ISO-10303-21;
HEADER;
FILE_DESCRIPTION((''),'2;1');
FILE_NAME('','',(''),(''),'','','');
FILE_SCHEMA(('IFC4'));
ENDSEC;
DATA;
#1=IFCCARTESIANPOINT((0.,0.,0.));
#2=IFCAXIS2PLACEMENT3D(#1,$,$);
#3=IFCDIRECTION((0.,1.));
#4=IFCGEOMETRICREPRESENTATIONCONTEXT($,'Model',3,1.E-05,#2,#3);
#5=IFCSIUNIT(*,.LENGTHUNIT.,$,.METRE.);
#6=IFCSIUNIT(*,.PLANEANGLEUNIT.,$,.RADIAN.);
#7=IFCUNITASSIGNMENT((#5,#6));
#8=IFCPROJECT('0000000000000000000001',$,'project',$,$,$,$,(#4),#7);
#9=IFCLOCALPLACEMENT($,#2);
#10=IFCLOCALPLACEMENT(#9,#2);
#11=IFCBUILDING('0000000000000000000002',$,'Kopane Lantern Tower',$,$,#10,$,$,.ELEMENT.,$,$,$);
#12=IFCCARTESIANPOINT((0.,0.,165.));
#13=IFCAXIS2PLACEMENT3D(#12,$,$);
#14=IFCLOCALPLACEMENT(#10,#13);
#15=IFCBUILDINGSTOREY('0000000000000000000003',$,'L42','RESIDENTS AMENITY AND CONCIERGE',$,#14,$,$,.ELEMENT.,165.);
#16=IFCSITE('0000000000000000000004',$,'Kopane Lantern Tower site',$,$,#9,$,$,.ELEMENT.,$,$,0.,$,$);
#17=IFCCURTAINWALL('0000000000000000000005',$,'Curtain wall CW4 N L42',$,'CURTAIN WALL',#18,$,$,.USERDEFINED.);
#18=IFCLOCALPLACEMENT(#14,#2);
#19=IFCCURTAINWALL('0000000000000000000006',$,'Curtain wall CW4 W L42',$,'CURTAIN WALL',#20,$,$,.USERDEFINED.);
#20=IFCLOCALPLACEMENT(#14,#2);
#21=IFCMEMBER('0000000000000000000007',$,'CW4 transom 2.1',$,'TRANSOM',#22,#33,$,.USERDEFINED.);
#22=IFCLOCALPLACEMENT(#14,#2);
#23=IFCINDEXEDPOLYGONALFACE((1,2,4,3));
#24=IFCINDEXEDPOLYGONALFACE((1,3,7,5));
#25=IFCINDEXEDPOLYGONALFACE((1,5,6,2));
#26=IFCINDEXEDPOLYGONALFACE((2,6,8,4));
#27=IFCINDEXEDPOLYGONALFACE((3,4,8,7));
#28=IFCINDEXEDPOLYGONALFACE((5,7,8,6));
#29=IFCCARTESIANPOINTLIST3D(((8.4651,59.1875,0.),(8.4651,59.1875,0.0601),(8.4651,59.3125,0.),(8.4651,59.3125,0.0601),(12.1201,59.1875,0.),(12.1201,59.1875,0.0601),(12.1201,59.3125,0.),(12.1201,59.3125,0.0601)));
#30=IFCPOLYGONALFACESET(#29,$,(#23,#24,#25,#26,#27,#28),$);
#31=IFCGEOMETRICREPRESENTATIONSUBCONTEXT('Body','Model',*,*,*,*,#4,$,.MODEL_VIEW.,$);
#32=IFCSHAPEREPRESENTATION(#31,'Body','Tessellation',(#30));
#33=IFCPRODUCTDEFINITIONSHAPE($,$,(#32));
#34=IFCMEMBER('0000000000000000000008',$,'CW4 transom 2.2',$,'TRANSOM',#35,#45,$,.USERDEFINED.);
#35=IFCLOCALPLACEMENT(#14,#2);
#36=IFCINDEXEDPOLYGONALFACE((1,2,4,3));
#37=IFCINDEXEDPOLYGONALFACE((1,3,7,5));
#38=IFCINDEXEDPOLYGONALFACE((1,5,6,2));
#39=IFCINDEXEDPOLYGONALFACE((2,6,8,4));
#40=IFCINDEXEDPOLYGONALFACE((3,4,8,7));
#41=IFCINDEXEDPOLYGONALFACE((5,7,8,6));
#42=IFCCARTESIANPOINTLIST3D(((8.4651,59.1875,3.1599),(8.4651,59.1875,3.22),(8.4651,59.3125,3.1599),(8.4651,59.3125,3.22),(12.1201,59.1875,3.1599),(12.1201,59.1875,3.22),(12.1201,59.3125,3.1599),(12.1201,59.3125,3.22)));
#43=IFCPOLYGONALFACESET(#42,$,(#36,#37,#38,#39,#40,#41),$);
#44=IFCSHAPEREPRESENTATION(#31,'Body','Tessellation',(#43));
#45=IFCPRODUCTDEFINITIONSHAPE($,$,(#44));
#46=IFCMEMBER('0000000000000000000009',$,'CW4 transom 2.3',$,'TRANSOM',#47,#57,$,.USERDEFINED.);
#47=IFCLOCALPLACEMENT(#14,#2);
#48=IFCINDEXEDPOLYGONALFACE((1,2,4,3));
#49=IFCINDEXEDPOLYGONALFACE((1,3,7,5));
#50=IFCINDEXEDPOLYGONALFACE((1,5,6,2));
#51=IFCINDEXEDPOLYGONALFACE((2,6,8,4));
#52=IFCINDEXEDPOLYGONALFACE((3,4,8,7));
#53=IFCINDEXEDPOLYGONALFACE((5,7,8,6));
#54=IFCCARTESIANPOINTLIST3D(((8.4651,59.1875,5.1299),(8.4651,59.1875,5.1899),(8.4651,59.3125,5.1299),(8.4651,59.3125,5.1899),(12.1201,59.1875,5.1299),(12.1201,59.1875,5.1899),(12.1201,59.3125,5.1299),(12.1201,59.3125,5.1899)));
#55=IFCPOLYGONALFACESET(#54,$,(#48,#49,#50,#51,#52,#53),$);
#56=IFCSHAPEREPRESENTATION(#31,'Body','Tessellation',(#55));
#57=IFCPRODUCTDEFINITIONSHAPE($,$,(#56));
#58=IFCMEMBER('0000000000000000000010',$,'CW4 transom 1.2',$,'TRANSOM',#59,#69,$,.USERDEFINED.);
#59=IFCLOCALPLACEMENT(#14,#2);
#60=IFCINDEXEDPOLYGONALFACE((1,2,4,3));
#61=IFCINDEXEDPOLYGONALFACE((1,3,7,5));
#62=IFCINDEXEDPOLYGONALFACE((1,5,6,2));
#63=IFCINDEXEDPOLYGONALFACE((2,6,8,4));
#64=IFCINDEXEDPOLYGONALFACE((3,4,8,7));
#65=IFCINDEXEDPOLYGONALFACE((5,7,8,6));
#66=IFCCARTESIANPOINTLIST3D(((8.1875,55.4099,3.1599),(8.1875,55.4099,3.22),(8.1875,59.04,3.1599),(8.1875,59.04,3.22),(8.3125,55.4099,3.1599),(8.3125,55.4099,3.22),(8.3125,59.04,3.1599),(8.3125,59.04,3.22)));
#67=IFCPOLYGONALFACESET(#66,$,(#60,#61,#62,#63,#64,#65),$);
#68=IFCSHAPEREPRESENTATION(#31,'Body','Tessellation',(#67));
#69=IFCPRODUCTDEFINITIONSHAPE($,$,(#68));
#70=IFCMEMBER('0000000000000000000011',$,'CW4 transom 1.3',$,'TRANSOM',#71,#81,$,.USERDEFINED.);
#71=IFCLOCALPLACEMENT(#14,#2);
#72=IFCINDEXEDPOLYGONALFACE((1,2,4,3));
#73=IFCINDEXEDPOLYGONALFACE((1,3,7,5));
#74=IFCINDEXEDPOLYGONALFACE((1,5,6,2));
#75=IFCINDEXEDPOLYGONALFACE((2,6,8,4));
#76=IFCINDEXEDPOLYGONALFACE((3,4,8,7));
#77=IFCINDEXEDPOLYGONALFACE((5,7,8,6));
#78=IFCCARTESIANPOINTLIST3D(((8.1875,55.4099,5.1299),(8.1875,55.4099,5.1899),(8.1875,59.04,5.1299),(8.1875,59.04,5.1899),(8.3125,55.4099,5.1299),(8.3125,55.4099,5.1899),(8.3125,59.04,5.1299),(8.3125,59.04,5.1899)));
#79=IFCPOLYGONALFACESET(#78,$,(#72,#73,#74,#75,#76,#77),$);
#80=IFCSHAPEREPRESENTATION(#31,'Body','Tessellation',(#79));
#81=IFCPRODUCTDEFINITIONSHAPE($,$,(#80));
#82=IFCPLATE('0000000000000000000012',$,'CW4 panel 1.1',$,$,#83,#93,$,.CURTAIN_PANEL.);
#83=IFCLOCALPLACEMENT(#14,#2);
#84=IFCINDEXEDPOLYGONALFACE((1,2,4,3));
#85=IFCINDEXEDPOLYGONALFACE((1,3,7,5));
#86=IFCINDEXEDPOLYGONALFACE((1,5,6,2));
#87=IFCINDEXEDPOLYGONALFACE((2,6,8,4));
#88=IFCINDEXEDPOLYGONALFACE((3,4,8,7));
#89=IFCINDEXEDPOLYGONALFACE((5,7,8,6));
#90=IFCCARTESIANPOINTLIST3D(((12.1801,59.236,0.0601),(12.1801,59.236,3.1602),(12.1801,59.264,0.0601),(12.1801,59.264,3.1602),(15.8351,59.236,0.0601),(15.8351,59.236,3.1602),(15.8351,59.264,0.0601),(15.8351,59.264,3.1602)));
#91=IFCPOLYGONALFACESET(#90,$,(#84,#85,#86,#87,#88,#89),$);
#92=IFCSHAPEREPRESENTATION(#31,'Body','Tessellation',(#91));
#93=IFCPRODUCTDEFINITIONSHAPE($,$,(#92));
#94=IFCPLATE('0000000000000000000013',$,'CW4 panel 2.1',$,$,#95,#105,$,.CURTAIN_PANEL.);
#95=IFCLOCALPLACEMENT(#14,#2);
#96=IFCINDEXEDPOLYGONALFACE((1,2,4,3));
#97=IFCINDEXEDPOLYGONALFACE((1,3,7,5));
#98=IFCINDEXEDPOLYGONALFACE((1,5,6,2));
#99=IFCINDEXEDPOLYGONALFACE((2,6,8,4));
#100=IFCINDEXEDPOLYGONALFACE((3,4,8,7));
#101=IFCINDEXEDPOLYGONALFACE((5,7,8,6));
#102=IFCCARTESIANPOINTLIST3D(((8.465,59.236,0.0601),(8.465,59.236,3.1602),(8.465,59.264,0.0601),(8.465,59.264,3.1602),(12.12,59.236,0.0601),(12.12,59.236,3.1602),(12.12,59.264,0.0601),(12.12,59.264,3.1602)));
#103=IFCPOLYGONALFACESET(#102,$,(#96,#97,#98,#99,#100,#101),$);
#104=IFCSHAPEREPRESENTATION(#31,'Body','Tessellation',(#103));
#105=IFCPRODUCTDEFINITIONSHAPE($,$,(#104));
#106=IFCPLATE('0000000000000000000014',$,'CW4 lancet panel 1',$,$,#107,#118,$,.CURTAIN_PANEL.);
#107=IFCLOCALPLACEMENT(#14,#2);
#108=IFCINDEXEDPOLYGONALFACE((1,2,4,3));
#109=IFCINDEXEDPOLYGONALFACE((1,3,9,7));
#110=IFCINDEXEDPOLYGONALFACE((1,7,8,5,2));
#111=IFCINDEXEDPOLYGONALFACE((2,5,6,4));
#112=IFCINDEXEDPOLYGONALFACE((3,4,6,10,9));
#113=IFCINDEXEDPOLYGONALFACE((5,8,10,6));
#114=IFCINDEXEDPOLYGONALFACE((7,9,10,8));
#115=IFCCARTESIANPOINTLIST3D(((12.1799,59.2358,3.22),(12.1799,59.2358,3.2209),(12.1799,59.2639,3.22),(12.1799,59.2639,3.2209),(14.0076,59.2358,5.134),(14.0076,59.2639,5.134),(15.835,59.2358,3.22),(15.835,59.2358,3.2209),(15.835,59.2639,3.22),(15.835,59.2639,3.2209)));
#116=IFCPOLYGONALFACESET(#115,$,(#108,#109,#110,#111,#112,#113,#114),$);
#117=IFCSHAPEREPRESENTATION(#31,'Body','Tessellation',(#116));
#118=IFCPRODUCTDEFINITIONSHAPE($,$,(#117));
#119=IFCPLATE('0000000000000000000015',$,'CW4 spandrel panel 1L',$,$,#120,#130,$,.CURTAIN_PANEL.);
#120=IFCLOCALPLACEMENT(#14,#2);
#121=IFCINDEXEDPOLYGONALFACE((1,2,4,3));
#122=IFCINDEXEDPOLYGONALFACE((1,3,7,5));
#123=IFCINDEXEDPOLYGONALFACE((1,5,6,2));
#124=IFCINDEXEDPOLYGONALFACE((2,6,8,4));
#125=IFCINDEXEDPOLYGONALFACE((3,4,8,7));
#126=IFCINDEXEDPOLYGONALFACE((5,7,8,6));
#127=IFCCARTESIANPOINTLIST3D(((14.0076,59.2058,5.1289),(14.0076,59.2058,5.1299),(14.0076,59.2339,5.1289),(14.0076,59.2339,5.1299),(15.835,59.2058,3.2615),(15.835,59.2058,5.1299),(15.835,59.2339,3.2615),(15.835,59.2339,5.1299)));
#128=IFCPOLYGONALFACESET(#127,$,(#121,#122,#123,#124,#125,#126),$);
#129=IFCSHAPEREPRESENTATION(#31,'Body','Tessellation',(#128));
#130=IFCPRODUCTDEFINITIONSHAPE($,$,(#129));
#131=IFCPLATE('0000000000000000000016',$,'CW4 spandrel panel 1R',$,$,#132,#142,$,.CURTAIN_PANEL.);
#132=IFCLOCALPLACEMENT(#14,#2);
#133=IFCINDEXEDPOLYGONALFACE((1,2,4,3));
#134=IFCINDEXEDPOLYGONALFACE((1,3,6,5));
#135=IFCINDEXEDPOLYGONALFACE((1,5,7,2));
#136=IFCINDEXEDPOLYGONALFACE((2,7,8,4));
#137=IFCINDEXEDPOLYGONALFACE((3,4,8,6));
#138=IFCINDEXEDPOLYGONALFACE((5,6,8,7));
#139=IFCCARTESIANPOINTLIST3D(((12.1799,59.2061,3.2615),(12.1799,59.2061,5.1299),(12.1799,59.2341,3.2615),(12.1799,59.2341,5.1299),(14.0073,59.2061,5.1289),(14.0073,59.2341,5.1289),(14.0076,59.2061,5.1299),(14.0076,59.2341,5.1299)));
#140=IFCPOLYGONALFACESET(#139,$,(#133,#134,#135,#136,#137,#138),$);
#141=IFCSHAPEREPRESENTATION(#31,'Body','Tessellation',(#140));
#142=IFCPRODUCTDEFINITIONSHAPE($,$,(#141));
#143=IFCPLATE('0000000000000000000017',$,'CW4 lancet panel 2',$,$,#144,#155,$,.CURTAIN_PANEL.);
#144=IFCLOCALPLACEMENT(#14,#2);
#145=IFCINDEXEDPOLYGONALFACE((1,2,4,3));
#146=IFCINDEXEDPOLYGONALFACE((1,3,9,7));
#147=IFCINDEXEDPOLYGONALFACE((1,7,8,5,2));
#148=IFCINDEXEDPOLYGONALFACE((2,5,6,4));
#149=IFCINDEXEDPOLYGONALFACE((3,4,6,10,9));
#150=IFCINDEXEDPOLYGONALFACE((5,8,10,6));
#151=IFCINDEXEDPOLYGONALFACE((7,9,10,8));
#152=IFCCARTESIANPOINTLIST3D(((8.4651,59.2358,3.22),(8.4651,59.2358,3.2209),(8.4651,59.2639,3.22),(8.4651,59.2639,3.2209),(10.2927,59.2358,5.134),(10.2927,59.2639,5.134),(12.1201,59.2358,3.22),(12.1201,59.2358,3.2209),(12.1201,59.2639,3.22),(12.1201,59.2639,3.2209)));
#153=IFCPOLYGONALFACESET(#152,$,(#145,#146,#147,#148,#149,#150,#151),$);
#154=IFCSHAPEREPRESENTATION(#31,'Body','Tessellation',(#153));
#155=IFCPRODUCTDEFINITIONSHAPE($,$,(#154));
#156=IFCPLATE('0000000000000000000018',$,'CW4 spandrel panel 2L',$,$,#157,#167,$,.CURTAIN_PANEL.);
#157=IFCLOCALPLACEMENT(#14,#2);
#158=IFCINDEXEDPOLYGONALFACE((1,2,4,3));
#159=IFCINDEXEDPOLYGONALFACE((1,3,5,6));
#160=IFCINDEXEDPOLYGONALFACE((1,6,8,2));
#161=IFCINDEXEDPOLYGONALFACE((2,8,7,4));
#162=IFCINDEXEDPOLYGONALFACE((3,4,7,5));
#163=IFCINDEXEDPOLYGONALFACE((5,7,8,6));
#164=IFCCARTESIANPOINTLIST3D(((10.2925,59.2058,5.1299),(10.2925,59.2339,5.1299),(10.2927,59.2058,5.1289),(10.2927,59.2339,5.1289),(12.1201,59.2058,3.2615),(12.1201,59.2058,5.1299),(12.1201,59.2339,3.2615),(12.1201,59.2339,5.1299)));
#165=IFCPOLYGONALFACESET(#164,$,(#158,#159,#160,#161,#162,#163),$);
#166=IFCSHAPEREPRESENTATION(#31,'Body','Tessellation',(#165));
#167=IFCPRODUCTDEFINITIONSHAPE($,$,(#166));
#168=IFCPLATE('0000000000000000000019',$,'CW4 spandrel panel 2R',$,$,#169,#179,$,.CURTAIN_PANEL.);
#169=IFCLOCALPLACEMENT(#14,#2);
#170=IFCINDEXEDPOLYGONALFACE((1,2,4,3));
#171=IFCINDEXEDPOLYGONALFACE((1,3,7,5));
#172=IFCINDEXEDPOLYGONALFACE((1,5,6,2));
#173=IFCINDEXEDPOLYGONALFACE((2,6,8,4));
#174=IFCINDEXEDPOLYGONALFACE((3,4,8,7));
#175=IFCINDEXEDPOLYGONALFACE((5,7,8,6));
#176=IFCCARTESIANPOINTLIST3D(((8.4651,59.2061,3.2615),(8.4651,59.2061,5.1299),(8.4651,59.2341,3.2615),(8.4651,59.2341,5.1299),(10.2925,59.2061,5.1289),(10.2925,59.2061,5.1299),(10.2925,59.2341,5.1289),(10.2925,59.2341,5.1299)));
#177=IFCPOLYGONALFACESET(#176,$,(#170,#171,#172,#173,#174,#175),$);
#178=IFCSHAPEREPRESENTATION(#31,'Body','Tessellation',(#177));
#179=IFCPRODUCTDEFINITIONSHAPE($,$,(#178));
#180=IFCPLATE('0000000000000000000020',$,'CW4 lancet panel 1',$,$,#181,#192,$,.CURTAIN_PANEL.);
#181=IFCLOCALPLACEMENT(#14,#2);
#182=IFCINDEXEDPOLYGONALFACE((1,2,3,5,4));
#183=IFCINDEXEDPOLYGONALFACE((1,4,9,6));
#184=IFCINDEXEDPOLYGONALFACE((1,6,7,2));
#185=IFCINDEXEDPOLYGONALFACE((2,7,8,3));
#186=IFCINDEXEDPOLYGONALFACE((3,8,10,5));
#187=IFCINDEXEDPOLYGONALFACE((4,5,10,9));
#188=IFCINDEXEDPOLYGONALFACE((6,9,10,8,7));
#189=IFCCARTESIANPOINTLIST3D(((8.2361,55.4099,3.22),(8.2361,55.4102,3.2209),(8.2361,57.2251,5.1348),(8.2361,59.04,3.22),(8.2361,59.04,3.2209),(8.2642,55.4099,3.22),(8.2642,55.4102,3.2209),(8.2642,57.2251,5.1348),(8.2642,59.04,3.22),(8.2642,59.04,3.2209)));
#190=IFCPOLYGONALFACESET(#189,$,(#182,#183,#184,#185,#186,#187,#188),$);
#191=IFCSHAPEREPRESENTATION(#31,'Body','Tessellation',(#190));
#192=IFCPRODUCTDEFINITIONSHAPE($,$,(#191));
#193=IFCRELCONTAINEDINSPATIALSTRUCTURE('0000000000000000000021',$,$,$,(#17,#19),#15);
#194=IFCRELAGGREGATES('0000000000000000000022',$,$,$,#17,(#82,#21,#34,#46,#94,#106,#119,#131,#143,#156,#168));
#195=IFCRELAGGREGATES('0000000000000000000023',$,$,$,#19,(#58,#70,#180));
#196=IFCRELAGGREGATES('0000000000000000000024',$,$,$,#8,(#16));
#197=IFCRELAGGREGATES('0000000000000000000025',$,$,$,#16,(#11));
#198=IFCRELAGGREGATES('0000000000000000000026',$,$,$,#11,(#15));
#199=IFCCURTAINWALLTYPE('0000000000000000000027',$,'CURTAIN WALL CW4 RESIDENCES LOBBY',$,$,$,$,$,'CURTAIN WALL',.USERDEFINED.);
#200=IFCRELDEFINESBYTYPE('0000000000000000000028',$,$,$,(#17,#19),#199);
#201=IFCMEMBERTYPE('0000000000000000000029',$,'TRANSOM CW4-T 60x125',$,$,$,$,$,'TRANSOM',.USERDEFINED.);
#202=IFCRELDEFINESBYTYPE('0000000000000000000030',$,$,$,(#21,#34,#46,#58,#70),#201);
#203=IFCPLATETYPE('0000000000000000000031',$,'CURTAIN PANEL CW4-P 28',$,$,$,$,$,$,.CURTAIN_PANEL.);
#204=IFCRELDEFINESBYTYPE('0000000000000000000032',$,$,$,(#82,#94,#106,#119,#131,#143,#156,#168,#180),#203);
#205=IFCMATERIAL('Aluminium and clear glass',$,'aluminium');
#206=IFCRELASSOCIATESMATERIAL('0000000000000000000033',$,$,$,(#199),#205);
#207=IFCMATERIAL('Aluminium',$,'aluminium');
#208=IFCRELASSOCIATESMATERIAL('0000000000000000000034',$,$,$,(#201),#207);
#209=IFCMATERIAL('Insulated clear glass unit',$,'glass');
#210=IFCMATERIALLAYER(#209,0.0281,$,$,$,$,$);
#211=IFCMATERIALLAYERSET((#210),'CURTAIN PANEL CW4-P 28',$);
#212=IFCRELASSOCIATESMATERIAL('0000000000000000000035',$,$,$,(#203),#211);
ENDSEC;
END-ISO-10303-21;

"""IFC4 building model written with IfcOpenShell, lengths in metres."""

from ifc_helpers import new_model, si_unit, direction, frame, origin, origin_2d, place, context, subcontext, project, spatial, polyline, rectangle, outline, extrude, material, layer, layer_set, material_profile, profile_set, type_object, element, aggregate, save


model = new_model("IFC4")

# Units and contexts
model_context = context("Model", 3, precision=1e-05, world=origin(), true_north=direction((0.0, 1.0)))
body_context = subcontext(model_context, "Body", "Model", "MODEL_VIEW")
ifc_project = project(units=[si_unit("LENGTHUNIT", "METRE"), si_unit("PLANEANGLEUNIT", "RADIAN")], contexts=[model_context])

# Site, building, storey
site_placement = place(None, origin())
site = spatial("IfcSite", under=ifc_project, at=site_placement, Name="Kopane Lantern Tower site", CompositionType="ELEMENT", RefElevation=0.0)
building_placement = place(site_placement, origin())
building = spatial("IfcBuilding", under=site, at=building_placement, Name="Kopane Lantern Tower", CompositionType="ELEMENT")
storey_placement = place(building_placement, frame((0.0, 0.0, 165.0)))
storey = spatial("IfcBuildingStorey", under=building, at=storey_placement, Name="L42", Description="RESIDENTS AMENITY AND CONCIERGE", CompositionType="ELEMENT", Elevation=165.0)

# Curtain wall
ifc_material_1 = material(Name="Aluminium and clear glass", Category="aluminium")
curtain_wall_type = type_object("IfcCurtainWallType", Name="CURTAIN WALL CW4 RESIDENCES LOBBY", ElementType="CURTAIN WALL", PredefinedType="USERDEFINED", material=ifc_material_1)
curtain_wall_1_placement = place(storey_placement, origin())
curtain_wall_1 = element("IfcCurtainWall", 1, at=curtain_wall_1_placement, inside=storey, type_object=curtain_wall_type, Name="Curtain wall CW4 N L42", ObjectType="CURTAIN WALL", PredefinedType="USERDEFINED")

# Curtain wall
curtain_wall_2_placement = place(storey_placement, origin())
curtain_wall_2 = element("IfcCurtainWall", 2, at=curtain_wall_2_placement, inside=storey, type_object=curtain_wall_type, Name="Curtain wall CW4 W L42", ObjectType="CURTAIN WALL", PredefinedType="USERDEFINED")

# Members
ifc_material_2 = material(Name="Aluminium", Category="aluminium")
ifc_material_profile_1 = material_profile(ifc_material_2, rectangle(XDim=0.125, YDim=0.0601, at=origin_2d()), Name="AL 125x60")
ifc_profile_set_1 = profile_set([ifc_material_profile_1], Name="Aluminium")
member_type_1 = type_object("IfcMemberType", Name="TRANSOM CW4-T 60x125", ElementType="TRANSOM", PredefinedType="USERDEFINED", material=ifc_profile_set_1)
member_1_placement = place(storey_placement, frame((12.1201, 59.25, 0.03), z_axis=(-1.0, 0.0, 0.0), x_axis=(0.0, -1.0, 0.0)))
member_1 = element("IfcMember", 3, at=member_1_placement, type_object=member_type_1, Name="CW4 transom 2.1", ObjectType="TRANSOM", PredefinedType="USERDEFINED", context=body_context, shape_type="SweptSolid", body=[
    extrude(rectangle(XDim=0.125, YDim=0.0601, at=origin_2d()), origin(), (0.0, 0.0, 1.0), 3.655),
])
member_2_placement = place(storey_placement, frame((12.1201, 59.25, 3.1899), z_axis=(-1.0, 0.0, 0.0), x_axis=(0.0, -1.0, 0.0)))
member_2 = element("IfcMember", 4, at=member_2_placement, type_object=member_type_1, Name="CW4 transom 2.2", ObjectType="TRANSOM", PredefinedType="USERDEFINED", context=body_context, shape_type="SweptSolid", body=[
    extrude(rectangle(XDim=0.125, YDim=0.0601, at=origin_2d()), origin(), (0.0, 0.0, 1.0), 3.655),
])
member_3_placement = place(storey_placement, frame((12.1201, 59.25, 5.1599), z_axis=(-1.0, 0.0, 0.0), x_axis=(0.0, -1.0, 0.0)))
member_3 = element("IfcMember", 5, at=member_3_placement, type_object=member_type_1, Name="CW4 transom 2.3", ObjectType="TRANSOM", PredefinedType="USERDEFINED", context=body_context, shape_type="SweptSolid", body=[
    extrude(rectangle(XDim=0.125, YDim=0.0601, at=origin_2d()), origin(), (0.0, 0.0, 1.0), 3.655),
])
member_4_placement = place(storey_placement, frame((8.25, 59.04, 3.1899), z_axis=(0.0, -1.0, 0.0), x_axis=(1.0, 0.0, 0.0)))
member_4 = element("IfcMember", 6, at=member_4_placement, type_object=member_type_1, Name="CW4 transom 1.2", ObjectType="TRANSOM", PredefinedType="USERDEFINED", context=body_context, shape_type="SweptSolid", body=[
    extrude(rectangle(XDim=0.125, YDim=0.0601, at=origin_2d()), origin(), (0.0, 0.0, 1.0), 3.6301),
])
member_5_placement = place(storey_placement, frame((8.25, 59.04, 5.1599), z_axis=(0.0, -1.0, 0.0), x_axis=(1.0, 0.0, 0.0)))
member_5 = element("IfcMember", 7, at=member_5_placement, type_object=member_type_1, Name="CW4 transom 1.3", ObjectType="TRANSOM", PredefinedType="USERDEFINED", context=body_context, shape_type="SweptSolid", body=[
    extrude(rectangle(XDim=0.125, YDim=0.0601, at=origin_2d()), origin(), (0.0, 0.0, 1.0), 3.6301),
])

# Plates
ifc_material_3 = material(Name="Insulated clear glass unit", Category="glass")
ifc_layer = layer(ifc_material_3, 0.0281)
ifc_layer_set = layer_set([ifc_layer], Name="CURTAIN PANEL CW4-P 28")
plate_type = type_object("IfcPlateType", Name="CURTAIN PANEL CW4-P 28", PredefinedType="CURTAIN_PANEL", material=ifc_layer_set)
plate_1_placement = place(storey_placement, frame((14.0076, 59.25, 0.0601), z_axis=(0.0, 0.0, 1.0), x_axis=(-1.0, 0.0, 0.0)))
plate_1 = element("IfcPlate", 8, at=plate_1_placement, type_object=plate_type, Name="CW4 panel 1.1", PredefinedType="CURTAIN_PANEL", context=body_context, shape_type="SweptSolid", body=[
    extrude(rectangle(XDim=3.655, YDim=0.0281, at=origin_2d()), origin(), (0.0, 0.0, 1.0), 3.1001),
])
plate_2_placement = place(storey_placement, frame((10.2925, 59.25, 0.0601), z_axis=(0.0, 0.0, 1.0), x_axis=(-1.0, 0.0, 0.0)))
plate_2 = element("IfcPlate", 9, at=plate_2_placement, type_object=plate_type, Name="CW4 panel 2.1", PredefinedType="CURTAIN_PANEL", context=body_context, shape_type="SweptSolid", body=[
    extrude(rectangle(XDim=3.655, YDim=0.0281, at=origin_2d()), origin(), (0.0, 0.0, 1.0), 3.1001),
])
plate_3_placement = place(storey_placement, frame((15.835, 59.25, 3.22), z_axis=(0.0, 0.0, 1.0), x_axis=(-1.0, 0.0, 0.0)))
plate_3 = element("IfcPlate", 10, at=plate_3_placement, type_object=plate_type, Name="CW4 lancet panel 1", PredefinedType="CURTAIN_PANEL", context=body_context, shape_type="SweptSolid", body=[
    extrude(outline(polyline([(0.0, 0.0), (3.655, 0.0), (3.655, 0.001), (1.8274, 1.9141), (0.0, 0.001), (0.0, 0.0)])), frame((0.0, 0.0142, 0.0), z_axis=(0.0, -1.0, 0.0), x_axis=(1.0, 0.0, 0.0)), (0.0, 0.0, 1.0), 0.0281),
])
plate_4_placement = place(storey_placement, frame((15.835, 59.22, 5.1299), z_axis=(0.0, 0.0, 1.0), x_axis=(-1.0, 0.0, 0.0)))
plate_4 = element("IfcPlate", 11, at=plate_4_placement, type_object=plate_type, Name="CW4 spandrel panel 1L", PredefinedType="CURTAIN_PANEL", context=body_context, shape_type="SweptSolid", body=[
    extrude(outline(polyline([(0.0, 0.0), (1.8274, 0.0), (1.8274, -0.001), (0.0, -1.8684), (0.0, 0.0)])), frame((0.0, 0.0142, 0.0), z_axis=(0.0, -1.0, 0.0), x_axis=(1.0, 0.0, 0.0)), (0.0, 0.0, 1.0), 0.0281),
])
plate_5_placement = place(storey_placement, frame((12.1799, 59.22, 5.1299), z_axis=(0.0, 0.0, 1.0), x_axis=(1.0, 0.0, 0.0)))
plate_5 = element("IfcPlate", 12, at=plate_5_placement, type_object=plate_type, Name="CW4 spandrel panel 1R", PredefinedType="CURTAIN_PANEL", context=body_context, shape_type="SweptSolid", body=[
    extrude(outline(polyline([(0.0, 0.0), (1.8276, 0.0), (1.8274, -0.001), (0.0, -1.8684), (0.0, 0.0)])), frame((0.0, 0.0142, 0.0), z_axis=(0.0, -1.0, 0.0), x_axis=(1.0, 0.0, 0.0)), (0.0, 0.0, 1.0), 0.0281),
])
plate_6_placement = place(storey_placement, frame((12.1201, 59.25, 3.22), z_axis=(0.0, 0.0, 1.0), x_axis=(-1.0, 0.0, 0.0)))
plate_6 = element("IfcPlate", 13, at=plate_6_placement, type_object=plate_type, Name="CW4 lancet panel 2", PredefinedType="CURTAIN_PANEL", context=body_context, shape_type="SweptSolid", body=[
    extrude(outline(polyline([(0.0, 0.0), (3.655, 0.0), (3.655, 0.001), (1.8274, 1.9141), (0.0, 0.001), (0.0, 0.0)])), frame((0.0, 0.0142, 0.0), z_axis=(0.0, -1.0, 0.0), x_axis=(1.0, 0.0, 0.0)), (0.0, 0.0, 1.0), 0.0281),
])
plate_7_placement = place(storey_placement, frame((12.1201, 59.22, 5.1299), z_axis=(0.0, 0.0, 1.0), x_axis=(-1.0, 0.0, 0.0)))
plate_7 = element("IfcPlate", 14, at=plate_7_placement, type_object=plate_type, Name="CW4 spandrel panel 2L", PredefinedType="CURTAIN_PANEL", context=body_context, shape_type="SweptSolid", body=[
    extrude(outline(polyline([(0.0, 0.0), (1.8276, 0.0), (1.8274, -0.001), (0.0, -1.8684), (0.0, 0.0)])), frame((0.0, 0.0142, 0.0), z_axis=(0.0, -1.0, 0.0), x_axis=(1.0, 0.0, 0.0)), (0.0, 0.0, 1.0), 0.0281),
])
plate_8_placement = place(storey_placement, frame((8.4651, 59.22, 5.1299), z_axis=(0.0, 0.0, 1.0), x_axis=(1.0, 0.0, 0.0)))
plate_8 = element("IfcPlate", 15, at=plate_8_placement, type_object=plate_type, Name="CW4 spandrel panel 2R", PredefinedType="CURTAIN_PANEL", context=body_context, shape_type="SweptSolid", body=[
    extrude(outline(polyline([(0.0, 0.0), (1.8274, 0.0), (1.8274, -0.001), (0.0, -1.8684), (0.0, 0.0)])), frame((0.0, 0.0142, 0.0), z_axis=(0.0, -1.0, 0.0), x_axis=(1.0, 0.0, 0.0)), (0.0, 0.0, 1.0), 0.0281),
])
aggregate(curtain_wall_1, [plate_1, member_1, member_2, member_3, plate_2, plate_3, plate_4, plate_5, plate_6, plate_7, plate_8])
plate_9_placement = place(storey_placement, frame((8.25, 59.04, 3.22), z_axis=(0.0, 0.0, 1.0), x_axis=(0.0, -1.0, 0.0)))
plate_9 = element("IfcPlate", 16, at=plate_9_placement, type_object=plate_type, Name="CW4 lancet panel 1", PredefinedType="CURTAIN_PANEL", context=body_context, shape_type="SweptSolid", body=[
    extrude(outline(polyline([(0.0, 0.0), (3.6301, 0.0), (3.6299, 0.001), (1.8149, 1.9148), (0.0, 0.001), (0.0, 0.0)])), frame((0.0, 0.0142, 0.0), z_axis=(0.0, -1.0, 0.0), x_axis=(1.0, 0.0, 0.0)), (0.0, 0.0, 1.0), 0.0281),
])
aggregate(curtain_wall_2, [member_4, member_5, plate_9])

save(model, "model.ifc")
